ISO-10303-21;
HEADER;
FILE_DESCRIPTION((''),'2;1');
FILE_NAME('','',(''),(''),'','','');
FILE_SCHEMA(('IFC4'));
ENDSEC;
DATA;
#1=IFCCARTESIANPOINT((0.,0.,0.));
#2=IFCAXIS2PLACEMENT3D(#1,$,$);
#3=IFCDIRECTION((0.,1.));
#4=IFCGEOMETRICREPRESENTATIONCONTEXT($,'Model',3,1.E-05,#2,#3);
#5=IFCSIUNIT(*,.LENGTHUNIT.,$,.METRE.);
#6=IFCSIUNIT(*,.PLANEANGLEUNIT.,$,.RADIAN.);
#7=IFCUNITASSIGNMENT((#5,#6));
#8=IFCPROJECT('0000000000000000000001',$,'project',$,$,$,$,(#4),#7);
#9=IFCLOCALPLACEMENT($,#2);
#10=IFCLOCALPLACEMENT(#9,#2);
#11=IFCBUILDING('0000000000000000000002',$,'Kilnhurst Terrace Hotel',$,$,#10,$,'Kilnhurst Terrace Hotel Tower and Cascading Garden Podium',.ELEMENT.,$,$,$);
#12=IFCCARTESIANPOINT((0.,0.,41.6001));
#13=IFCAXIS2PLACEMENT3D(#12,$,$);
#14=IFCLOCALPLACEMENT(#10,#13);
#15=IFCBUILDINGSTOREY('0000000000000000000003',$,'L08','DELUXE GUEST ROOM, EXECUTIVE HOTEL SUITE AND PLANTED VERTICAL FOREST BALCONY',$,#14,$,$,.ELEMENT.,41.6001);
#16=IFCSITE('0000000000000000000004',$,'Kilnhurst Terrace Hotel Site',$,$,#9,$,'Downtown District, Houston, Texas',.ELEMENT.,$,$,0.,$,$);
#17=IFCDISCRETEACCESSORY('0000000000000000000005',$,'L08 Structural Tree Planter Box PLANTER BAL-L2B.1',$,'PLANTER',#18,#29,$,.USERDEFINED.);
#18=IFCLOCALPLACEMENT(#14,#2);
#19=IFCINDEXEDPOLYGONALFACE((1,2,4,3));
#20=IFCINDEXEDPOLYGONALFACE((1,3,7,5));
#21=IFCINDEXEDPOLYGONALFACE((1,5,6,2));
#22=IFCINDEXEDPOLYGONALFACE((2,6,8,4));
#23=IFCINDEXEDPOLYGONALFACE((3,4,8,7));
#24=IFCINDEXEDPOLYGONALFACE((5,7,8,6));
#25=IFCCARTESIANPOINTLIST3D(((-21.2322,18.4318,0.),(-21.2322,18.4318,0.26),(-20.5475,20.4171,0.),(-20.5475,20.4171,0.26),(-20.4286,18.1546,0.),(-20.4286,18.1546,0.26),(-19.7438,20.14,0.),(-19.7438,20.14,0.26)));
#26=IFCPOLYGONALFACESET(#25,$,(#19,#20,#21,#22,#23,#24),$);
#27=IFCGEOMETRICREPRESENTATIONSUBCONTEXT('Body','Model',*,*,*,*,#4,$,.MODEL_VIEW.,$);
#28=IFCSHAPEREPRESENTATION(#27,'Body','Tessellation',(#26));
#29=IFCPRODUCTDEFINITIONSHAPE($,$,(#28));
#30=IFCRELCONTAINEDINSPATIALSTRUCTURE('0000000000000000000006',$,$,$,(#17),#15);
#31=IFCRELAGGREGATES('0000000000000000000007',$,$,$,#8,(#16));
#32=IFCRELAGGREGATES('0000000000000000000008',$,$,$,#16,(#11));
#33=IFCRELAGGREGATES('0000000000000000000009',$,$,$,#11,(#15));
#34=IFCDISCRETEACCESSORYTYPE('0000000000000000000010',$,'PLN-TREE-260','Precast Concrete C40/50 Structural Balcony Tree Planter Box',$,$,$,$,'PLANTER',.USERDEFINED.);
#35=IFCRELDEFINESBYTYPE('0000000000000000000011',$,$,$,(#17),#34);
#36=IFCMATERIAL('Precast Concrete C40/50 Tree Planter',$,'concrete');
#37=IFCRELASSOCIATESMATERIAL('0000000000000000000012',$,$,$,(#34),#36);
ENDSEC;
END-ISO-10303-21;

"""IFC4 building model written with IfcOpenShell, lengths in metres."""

from ifc_helpers import new_model, si_unit, direction, frame, origin, origin_2d, place, context, subcontext, project, spatial, rectangle, extrude, material, type_object, element, save


model = new_model("IFC4")

# Units and contexts
model_context = context("Model", 3, precision=1e-05, world=origin(), true_north=direction((0.0, 1.0)))
body_context = subcontext(model_context, "Body", "Model", "MODEL_VIEW")
ifc_project = project(units=[si_unit("LENGTHUNIT", "METRE"), si_unit("PLANEANGLEUNIT", "RADIAN")], contexts=[model_context])

# Site, building, storey
site_placement = place(None, origin())
site = spatial("IfcSite", under=ifc_project, at=site_placement, Name="Kilnhurst Terrace Hotel Site", LongName="Downtown District, Houston, Texas", CompositionType="ELEMENT", RefElevation=0.0)
building_placement = place(site_placement, origin())
building = spatial("IfcBuilding", under=site, at=building_placement, Name="Kilnhurst Terrace Hotel", LongName="Kilnhurst Terrace Hotel Tower and Cascading Garden Podium", CompositionType="ELEMENT")
storey_placement = place(building_placement, frame((0.0, 0.0, 41.6001)))
storey = spatial("IfcBuildingStorey", under=building, at=storey_placement, Name="L08", Description="DELUXE GUEST ROOM, EXECUTIVE HOTEL SUITE AND PLANTED VERTICAL FOREST BALCONY", CompositionType="ELEMENT", Elevation=41.6001)

# Discrete accessory
ifc_material_1 = material(Name="Precast Concrete C40/50 Tree Planter", Category="concrete")
discrete_accessory_type_1 = type_object("IfcDiscreteAccessoryType", Name="PLN-TREE-260", Description="Precast Concrete C40/50 Structural Balcony Tree Planter Box", ElementType="PLANTER", PredefinedType="USERDEFINED", material=ifc_material_1)
discrete_accessory_1_placement = place(storey_placement, frame((-20.488, 19.2859, 0.0), z_axis=(0.0, 0.0, 1.0), x_axis=(-0.326063, -0.945348, 0.0)))
element("IfcDiscreteAccessory", 1, at=discrete_accessory_1_placement, inside=storey, type_object=discrete_accessory_type_1, Name="L08 Structural Tree Planter Box PLANTER BAL-L2B.1", ObjectType="PLANTER", PredefinedType="USERDEFINED", context=body_context, shape_type="SweptSolid", body=[
    extrude(rectangle(XDim=2.1001, YDim=0.8501, at=origin_2d()), origin(), (0.0, 0.0, 1.0), 0.26),
])

save(model, "model.ifc")
